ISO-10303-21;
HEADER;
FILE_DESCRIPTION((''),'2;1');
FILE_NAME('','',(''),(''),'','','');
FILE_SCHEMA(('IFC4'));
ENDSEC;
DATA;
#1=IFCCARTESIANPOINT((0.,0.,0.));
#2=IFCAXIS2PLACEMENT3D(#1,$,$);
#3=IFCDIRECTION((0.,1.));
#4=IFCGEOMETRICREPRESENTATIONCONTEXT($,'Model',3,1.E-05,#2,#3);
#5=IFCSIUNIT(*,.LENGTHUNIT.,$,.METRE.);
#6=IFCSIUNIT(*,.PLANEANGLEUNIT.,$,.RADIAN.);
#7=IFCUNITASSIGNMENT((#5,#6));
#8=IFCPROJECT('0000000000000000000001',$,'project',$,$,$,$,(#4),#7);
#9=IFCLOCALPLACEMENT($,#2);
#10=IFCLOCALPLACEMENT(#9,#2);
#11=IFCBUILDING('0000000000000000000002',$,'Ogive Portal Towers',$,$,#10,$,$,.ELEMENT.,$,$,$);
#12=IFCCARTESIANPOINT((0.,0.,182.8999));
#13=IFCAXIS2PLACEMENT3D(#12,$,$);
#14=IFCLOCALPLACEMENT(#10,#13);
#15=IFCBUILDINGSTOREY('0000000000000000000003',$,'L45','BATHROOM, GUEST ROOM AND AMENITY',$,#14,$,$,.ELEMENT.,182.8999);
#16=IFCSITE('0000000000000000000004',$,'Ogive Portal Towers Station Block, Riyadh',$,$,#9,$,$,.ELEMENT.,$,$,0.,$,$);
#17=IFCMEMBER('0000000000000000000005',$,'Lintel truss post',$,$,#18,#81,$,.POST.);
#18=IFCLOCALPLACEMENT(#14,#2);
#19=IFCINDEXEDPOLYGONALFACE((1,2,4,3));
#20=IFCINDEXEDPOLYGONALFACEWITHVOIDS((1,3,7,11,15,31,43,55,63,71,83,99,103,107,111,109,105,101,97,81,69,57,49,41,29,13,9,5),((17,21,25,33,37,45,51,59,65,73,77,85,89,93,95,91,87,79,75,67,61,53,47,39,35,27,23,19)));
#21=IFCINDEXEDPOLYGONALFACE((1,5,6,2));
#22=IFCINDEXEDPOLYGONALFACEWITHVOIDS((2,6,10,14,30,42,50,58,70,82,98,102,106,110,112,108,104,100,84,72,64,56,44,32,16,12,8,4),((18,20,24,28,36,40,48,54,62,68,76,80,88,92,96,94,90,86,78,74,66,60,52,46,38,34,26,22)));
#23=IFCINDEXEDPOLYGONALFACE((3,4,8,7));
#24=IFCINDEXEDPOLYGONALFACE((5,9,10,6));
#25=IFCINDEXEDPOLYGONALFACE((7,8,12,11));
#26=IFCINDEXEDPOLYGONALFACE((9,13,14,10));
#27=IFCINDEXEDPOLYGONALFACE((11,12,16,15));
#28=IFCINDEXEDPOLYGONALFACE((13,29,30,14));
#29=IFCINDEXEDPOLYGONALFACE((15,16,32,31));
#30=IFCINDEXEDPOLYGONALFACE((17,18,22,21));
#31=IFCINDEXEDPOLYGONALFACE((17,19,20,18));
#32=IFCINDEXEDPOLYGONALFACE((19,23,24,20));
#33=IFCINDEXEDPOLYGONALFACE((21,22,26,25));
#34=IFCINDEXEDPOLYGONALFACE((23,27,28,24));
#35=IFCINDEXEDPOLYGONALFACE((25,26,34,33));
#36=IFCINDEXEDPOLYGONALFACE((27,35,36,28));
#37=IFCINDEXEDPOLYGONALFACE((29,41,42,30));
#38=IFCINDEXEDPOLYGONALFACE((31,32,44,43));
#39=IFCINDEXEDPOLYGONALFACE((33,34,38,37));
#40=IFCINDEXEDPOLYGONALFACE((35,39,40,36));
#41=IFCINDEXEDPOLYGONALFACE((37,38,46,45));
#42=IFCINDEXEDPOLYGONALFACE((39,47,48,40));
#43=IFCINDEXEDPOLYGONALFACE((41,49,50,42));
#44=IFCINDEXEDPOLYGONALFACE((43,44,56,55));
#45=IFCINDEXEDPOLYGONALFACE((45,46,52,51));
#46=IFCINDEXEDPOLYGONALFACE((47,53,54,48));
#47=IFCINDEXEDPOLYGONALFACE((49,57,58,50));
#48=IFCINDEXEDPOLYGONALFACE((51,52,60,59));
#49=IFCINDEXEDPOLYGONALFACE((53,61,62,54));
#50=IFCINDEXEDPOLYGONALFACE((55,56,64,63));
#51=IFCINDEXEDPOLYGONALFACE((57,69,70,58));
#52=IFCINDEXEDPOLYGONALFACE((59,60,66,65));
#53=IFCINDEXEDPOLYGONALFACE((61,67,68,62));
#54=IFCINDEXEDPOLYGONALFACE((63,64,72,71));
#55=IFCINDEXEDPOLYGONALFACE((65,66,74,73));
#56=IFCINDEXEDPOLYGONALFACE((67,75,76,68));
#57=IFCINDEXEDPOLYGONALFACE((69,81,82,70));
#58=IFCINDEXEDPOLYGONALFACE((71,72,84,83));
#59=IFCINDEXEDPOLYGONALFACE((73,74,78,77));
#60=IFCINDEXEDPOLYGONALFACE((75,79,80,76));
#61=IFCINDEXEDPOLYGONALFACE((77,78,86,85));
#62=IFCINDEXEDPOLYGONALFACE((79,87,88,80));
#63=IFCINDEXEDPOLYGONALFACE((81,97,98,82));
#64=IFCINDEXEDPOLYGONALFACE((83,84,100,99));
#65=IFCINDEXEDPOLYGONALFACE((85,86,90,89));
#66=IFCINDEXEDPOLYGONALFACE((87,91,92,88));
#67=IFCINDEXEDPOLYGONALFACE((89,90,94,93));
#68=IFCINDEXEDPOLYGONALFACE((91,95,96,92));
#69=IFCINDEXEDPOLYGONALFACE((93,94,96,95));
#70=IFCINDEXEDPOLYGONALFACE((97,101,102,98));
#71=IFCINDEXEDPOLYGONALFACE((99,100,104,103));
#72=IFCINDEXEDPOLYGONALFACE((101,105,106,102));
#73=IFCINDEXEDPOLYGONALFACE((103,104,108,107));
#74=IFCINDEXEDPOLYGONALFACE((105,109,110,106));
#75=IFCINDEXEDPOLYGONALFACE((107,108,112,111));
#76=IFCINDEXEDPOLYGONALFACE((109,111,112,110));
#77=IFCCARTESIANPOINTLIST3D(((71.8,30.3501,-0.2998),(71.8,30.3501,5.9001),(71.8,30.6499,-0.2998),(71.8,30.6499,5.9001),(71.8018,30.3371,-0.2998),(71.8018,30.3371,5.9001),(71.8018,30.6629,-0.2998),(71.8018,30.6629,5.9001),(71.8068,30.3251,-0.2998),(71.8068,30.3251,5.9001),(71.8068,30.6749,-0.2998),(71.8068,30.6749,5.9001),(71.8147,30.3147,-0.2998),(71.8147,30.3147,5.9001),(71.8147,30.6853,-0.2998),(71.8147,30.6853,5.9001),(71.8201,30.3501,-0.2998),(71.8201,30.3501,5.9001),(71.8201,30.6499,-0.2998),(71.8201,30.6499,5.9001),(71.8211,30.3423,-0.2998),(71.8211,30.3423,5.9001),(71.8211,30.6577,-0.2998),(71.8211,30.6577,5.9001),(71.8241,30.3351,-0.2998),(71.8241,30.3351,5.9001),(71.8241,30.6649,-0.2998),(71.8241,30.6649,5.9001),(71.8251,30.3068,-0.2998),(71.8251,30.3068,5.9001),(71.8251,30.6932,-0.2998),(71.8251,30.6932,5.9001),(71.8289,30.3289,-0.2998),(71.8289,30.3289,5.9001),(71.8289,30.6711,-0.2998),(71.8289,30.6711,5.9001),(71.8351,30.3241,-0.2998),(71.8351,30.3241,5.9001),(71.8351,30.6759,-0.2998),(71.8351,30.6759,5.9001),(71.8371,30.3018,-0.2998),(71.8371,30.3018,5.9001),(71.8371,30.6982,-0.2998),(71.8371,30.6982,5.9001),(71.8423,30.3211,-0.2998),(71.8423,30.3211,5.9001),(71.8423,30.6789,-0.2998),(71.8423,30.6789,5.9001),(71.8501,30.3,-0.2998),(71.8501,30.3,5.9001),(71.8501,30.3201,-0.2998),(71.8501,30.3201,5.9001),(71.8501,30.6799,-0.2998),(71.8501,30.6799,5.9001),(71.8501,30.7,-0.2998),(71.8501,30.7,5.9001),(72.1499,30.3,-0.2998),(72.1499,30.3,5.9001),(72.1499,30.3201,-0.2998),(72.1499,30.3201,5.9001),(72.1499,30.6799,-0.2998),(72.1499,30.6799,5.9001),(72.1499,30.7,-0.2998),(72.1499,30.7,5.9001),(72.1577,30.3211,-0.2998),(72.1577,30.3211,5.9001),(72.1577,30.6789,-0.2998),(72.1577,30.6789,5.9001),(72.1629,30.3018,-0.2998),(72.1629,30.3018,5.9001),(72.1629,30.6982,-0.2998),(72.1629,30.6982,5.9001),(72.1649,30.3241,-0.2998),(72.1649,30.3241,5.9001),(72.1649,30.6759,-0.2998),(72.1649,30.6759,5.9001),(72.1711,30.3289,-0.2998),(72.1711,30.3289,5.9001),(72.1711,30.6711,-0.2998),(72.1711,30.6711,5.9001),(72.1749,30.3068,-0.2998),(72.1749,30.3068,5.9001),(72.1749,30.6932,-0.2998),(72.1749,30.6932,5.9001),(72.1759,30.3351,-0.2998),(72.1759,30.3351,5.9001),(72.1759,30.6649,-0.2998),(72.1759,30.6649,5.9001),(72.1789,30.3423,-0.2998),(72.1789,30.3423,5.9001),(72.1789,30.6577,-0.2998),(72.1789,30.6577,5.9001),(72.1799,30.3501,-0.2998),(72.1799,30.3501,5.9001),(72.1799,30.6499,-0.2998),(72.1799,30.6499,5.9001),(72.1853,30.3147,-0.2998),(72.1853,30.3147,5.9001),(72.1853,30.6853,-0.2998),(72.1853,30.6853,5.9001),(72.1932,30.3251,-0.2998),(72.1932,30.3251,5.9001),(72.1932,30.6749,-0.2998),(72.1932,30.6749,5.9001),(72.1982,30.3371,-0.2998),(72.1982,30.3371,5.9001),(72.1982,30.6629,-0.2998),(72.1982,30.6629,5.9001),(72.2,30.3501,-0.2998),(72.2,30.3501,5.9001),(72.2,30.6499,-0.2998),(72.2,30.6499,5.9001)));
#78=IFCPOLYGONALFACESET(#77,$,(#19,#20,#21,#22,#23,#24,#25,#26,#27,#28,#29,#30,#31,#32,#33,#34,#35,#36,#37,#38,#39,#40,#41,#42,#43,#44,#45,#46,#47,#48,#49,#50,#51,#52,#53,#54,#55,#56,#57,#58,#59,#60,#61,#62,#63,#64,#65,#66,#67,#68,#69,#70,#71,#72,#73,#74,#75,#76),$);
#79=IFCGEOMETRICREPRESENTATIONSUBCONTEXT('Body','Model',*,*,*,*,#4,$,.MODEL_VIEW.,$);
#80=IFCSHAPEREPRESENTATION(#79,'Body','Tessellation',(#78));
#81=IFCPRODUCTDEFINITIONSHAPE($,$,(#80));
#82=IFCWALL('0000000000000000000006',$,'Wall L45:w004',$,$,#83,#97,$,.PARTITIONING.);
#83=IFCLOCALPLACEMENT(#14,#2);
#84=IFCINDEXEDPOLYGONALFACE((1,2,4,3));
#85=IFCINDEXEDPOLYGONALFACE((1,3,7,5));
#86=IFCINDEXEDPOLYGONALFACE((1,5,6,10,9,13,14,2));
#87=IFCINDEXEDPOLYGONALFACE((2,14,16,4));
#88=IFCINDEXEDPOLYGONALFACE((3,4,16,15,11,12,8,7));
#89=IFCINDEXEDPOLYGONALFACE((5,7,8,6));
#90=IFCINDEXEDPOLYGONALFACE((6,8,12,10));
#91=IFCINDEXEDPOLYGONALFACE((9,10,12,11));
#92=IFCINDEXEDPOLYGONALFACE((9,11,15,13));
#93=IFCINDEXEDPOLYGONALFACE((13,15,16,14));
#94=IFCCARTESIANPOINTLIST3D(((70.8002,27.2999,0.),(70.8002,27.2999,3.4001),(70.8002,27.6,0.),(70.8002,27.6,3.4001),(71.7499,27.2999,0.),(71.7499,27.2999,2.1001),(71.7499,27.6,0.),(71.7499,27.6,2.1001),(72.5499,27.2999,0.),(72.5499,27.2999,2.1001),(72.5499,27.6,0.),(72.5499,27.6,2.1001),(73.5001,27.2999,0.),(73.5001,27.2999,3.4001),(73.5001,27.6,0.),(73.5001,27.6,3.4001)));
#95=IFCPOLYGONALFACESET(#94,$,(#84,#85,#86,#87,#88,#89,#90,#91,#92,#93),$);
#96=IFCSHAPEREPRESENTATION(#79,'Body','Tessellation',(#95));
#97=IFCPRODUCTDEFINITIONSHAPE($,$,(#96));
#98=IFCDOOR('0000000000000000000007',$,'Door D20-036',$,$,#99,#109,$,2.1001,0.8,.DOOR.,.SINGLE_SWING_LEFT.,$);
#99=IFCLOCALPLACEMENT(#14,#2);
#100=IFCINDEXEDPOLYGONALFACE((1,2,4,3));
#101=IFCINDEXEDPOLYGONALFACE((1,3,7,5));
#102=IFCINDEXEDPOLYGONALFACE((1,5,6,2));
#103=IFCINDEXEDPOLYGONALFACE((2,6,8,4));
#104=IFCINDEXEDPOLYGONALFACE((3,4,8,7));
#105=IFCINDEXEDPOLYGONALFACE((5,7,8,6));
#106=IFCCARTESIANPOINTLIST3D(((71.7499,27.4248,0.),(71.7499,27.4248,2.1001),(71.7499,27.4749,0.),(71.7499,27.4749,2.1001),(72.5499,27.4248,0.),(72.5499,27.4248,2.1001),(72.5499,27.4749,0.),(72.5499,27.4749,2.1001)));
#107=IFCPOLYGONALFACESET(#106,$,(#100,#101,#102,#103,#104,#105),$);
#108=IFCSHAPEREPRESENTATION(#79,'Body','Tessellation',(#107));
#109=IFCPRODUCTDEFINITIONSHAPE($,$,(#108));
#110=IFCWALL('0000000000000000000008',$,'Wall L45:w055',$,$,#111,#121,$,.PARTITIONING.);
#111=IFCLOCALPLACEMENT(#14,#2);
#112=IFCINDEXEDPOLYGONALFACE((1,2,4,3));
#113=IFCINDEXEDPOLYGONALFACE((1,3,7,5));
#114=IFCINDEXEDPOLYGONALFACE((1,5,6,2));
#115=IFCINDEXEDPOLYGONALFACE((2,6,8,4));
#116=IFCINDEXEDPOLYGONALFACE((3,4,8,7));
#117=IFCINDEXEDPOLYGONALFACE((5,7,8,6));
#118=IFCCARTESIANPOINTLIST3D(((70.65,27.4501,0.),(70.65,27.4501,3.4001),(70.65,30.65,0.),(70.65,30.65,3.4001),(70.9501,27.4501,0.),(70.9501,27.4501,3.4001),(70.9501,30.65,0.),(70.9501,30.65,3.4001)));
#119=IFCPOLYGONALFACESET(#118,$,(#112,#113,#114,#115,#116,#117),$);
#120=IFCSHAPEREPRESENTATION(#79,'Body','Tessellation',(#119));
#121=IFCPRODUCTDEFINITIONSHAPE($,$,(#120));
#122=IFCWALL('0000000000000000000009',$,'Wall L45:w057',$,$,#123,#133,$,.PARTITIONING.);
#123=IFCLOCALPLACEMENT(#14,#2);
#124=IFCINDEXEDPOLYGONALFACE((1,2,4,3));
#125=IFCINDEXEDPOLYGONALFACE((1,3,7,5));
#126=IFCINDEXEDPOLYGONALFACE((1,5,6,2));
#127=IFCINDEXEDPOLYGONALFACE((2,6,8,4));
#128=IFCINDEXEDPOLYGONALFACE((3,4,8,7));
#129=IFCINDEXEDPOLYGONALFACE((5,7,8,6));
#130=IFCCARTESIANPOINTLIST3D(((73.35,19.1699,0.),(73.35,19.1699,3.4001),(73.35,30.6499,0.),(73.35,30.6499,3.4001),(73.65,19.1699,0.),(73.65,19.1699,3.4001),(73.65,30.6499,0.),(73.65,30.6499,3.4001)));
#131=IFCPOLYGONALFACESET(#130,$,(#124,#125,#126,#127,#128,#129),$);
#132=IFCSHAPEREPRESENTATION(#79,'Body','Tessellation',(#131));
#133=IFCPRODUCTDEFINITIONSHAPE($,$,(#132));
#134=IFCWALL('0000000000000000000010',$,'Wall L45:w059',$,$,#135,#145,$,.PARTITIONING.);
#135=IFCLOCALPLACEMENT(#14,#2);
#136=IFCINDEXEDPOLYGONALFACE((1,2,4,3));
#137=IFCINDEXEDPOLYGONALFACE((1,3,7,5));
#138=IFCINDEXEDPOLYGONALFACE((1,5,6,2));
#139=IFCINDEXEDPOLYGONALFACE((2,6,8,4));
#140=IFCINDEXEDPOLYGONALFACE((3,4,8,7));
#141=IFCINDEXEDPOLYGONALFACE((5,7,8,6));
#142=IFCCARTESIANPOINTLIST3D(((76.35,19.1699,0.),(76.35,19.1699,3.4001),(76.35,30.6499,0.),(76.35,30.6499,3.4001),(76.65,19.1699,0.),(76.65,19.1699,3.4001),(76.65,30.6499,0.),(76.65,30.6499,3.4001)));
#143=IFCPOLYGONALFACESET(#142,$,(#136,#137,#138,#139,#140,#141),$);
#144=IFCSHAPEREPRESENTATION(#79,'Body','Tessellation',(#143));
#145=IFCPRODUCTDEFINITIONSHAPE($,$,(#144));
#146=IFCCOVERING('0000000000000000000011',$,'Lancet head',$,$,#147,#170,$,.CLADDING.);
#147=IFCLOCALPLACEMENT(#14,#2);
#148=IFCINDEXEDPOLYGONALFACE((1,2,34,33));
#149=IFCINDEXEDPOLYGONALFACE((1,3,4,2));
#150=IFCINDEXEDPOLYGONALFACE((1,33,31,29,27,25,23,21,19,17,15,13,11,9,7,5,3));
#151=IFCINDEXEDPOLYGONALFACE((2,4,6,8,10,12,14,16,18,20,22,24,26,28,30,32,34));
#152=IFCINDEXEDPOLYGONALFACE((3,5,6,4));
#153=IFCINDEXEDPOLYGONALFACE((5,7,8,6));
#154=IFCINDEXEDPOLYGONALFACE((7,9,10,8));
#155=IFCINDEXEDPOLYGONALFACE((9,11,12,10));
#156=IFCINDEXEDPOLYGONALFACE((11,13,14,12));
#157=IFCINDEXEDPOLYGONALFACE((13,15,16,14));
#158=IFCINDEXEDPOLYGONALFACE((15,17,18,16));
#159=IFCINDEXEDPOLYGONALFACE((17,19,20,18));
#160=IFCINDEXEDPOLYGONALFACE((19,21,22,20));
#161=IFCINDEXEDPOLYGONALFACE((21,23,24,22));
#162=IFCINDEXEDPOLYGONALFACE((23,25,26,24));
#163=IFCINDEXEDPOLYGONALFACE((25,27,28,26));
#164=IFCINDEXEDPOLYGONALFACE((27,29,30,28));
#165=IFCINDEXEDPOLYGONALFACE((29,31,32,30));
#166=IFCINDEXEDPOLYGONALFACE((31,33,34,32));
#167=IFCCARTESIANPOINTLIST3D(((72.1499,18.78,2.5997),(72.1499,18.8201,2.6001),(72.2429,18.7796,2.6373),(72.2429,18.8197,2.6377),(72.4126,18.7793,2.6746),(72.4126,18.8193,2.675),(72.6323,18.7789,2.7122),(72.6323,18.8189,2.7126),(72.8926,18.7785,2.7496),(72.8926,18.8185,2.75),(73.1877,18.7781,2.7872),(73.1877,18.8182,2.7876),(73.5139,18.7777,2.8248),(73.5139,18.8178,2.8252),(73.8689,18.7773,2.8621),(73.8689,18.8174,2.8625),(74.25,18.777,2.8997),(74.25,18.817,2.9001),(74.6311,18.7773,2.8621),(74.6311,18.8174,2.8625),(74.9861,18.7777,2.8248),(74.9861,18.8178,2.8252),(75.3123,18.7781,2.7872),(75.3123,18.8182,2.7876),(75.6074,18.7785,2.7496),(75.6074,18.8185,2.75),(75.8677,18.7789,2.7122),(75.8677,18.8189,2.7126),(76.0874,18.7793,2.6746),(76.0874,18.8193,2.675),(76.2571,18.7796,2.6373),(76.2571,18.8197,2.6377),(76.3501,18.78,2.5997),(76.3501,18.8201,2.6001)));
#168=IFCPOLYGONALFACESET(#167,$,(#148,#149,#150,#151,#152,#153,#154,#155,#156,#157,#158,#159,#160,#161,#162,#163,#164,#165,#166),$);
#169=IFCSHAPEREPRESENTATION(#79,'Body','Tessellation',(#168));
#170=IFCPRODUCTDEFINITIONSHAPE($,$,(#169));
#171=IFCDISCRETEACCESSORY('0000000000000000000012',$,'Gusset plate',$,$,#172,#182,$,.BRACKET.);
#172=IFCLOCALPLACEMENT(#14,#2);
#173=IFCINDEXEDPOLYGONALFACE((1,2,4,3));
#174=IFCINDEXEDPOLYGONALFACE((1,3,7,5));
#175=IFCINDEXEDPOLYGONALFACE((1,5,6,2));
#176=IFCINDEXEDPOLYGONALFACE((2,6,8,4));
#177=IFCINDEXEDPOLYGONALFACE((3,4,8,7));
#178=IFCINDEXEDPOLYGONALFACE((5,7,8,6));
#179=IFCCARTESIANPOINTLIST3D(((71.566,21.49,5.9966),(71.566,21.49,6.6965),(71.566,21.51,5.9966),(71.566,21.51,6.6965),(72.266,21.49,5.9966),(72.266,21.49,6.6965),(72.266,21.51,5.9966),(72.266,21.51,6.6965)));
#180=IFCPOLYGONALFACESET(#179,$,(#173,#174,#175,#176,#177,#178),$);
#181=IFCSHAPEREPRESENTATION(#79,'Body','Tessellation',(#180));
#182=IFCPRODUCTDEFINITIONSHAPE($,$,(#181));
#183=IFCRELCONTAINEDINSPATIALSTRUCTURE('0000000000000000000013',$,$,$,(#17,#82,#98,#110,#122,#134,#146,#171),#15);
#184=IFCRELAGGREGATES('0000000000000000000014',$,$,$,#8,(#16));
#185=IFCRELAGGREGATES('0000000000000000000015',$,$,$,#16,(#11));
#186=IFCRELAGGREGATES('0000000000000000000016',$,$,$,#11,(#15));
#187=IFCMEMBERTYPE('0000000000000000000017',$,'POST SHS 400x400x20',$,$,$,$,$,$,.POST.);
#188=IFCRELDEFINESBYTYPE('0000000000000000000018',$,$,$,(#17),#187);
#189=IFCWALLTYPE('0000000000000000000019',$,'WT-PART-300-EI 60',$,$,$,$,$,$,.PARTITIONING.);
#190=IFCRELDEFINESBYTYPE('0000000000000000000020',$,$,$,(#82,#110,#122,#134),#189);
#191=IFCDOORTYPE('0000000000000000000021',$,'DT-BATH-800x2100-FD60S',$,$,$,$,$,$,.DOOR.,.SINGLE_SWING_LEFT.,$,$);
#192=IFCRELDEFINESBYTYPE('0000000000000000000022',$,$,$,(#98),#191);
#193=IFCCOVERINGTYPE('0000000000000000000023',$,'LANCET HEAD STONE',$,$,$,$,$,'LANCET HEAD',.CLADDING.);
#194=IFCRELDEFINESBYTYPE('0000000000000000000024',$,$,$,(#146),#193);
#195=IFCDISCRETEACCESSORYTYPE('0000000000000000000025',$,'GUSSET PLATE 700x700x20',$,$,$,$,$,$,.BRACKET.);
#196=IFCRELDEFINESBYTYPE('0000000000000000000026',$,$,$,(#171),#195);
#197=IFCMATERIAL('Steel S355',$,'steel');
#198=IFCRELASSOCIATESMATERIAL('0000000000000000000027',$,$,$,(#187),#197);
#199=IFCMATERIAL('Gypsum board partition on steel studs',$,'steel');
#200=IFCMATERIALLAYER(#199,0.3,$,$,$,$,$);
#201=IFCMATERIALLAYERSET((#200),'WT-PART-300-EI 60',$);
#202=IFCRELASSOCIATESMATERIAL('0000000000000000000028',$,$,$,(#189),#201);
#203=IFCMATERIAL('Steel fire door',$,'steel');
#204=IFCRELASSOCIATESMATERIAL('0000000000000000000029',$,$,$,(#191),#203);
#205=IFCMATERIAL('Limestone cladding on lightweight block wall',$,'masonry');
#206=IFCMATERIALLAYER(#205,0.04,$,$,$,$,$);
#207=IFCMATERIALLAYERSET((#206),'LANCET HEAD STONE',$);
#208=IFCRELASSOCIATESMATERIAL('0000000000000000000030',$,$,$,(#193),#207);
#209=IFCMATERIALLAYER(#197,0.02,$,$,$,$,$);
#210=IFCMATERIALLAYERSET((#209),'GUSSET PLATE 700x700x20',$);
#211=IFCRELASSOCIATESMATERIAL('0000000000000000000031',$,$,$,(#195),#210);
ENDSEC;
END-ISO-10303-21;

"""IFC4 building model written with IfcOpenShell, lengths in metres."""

from ifc_helpers import new_model, si_unit, direction, frame, frame_2d, origin, origin_2d, place, context, subcontext, project, spatial, polyline, rectangle, hollow_rectangle, outline, extrude, material, layer, layer_set, material_profile, profile_set, type_object, element, fill, save


model = new_model("IFC4")

# Units and contexts
model_context = context("Model", 3, precision=1e-05, world=origin(), true_north=direction((0.0, 1.0)))
body_context = subcontext(model_context, "Body", "Model", "MODEL_VIEW")
ifc_project = project(units=[si_unit("LENGTHUNIT", "METRE"), si_unit("PLANEANGLEUNIT", "RADIAN")], contexts=[model_context])

# Site, building, storey
site_placement = place(None, origin())
site = spatial("IfcSite", under=ifc_project, at=site_placement, Name="Ogive Portal Towers Station Block, Riyadh", CompositionType="ELEMENT", RefElevation=0.0)
building_placement = place(site_placement, origin())
building = spatial("IfcBuilding", under=site, at=building_placement, Name="Ogive Portal Towers", CompositionType="ELEMENT")
storey_placement = place(building_placement, frame((0.0, 0.0, 182.8999)))
storey = spatial("IfcBuildingStorey", under=building, at=storey_placement, Name="L45", Description="BATHROOM, GUEST ROOM AND AMENITY", CompositionType="ELEMENT", Elevation=182.8999)

# Member
ifc_material_1 = material(Name="Steel S355", Category="steel")
ifc_material_profile_1 = material_profile(ifc_material_1, hollow_rectangle(XDim=0.3999, YDim=0.3999, WallThickness=0.02, InnerFilletRadius=0.03, OuterFilletRadius=0.05, at=origin_2d()), Name="SHS 400x400x20")
ifc_profile_set_1 = profile_set([ifc_material_profile_1], Name="Steel S355")
member_type_1 = type_object("IfcMemberType", Name="POST SHS 400x400x20", PredefinedType="POST", material=ifc_profile_set_1)
for number, where, z_axis, x_axis, name in (
    (1, (72.0, 30.5, -0.2998), (0.0, 0.0, 1.0), (1.0, 0.0, 0.0), "Lintel truss post"),
):
    element("IfcMember", number, at=place(storey_placement, frame(where, z_axis=z_axis, x_axis=x_axis)), inside=storey, type_object=member_type_1, Name=name, PredefinedType="POST", context=body_context, shape_type="SweptSolid", body=[
        extrude(hollow_rectangle(XDim=0.3999, YDim=0.3999, WallThickness=0.02, InnerFilletRadius=0.03, OuterFilletRadius=0.05, at=origin_2d()), origin(), (0.0, 0.0, 1.0), 6.2),
    ])

# Wall, opening, door
ifc_material_2 = material(Name="Gypsum board partition on steel studs", Category="steel")
ifc_layer_1 = layer(ifc_material_2, 0.3)
ifc_layer_set_1 = layer_set([ifc_layer_1], Name="WT-PART-300-EI 60")
wall_type = type_object("IfcWallType", Name="WT-PART-300-EI 60", PredefinedType="PARTITIONING", material=ifc_layer_set_1)
wall_1_placement = place(storey_placement, frame((70.8, 27.45, 0.0), z_axis=(0.0, 0.0, 1.0), x_axis=(1.0, 0.0, 0.0)))
wall_1 = element("IfcWall", 2, at=wall_1_placement, inside=storey, type_object=wall_type, Name="Wall L45:w004", PredefinedType="PARTITIONING", context=body_context, shape_type="SweptSolid", body=[
    extrude(rectangle(XDim=2.7, YDim=0.3, at=frame_2d((1.3501, 0.0))), origin(), (0.0, 0.0, 1.0), 3.4001),
])
opening_placement = place(wall_1_placement, frame((0.95, 0.0, 0.0)))
opening = element("IfcOpeningElement", 3, at=opening_placement, cuts=wall_1, PredefinedType="OPENING", context=body_context, shape_type="SweptSolid", body=[
    extrude(rectangle(XDim=0.8, YDim=2.1001, at=frame_2d((0.3999, 1.05))), frame((0.0, 0.1602, 0.0), z_axis=(0.0, -1.0, 0.0), x_axis=(1.0, 0.0, 0.0)), (0.0, 0.0, 1.0), 0.3201),
])
ifc_material_3 = material(Name="Steel fire door", Category="steel")
door_type = type_object("IfcDoorType", Name="DT-BATH-800x2100-FD60S", OperationType="SINGLE_SWING_LEFT", PredefinedType="DOOR", material=ifc_material_3)
door_placement = place(opening_placement, origin())
door = element("IfcDoor", 4, at=door_placement, inside=storey, type_object=door_type, Name="Door D20-036", OperationType="SINGLE_SWING_LEFT", OverallHeight=2.1001, OverallWidth=0.8, PredefinedType="DOOR", context=body_context, shape_type="SweptSolid", body=[
    extrude(rectangle(XDim=0.8, YDim=2.1001, at=frame_2d((0.3999, 1.05))), frame((0.0, 0.0249, 0.0), z_axis=(0.0, -1.0, 0.0), x_axis=(1.0, 0.0, 0.0)), (0.0, 0.0, 1.0), 0.05),
])
fill(opening, door)

# Walls
wall_2_placement = place(storey_placement, frame((70.8, 27.45, 0.0), z_axis=(0.0, 0.0, 1.0), x_axis=(0.0, 1.0, 0.0)))
element("IfcWall", 5, at=wall_2_placement, inside=storey, type_object=wall_type, Name="Wall L45:w055", PredefinedType="PARTITIONING", context=body_context, shape_type="SweptSolid", body=[
    extrude(rectangle(XDim=3.2, YDim=0.3, at=frame_2d((1.6001, 0.0))), origin(), (0.0, 0.0, 1.0), 3.4001),
])
for number, where, z_axis, x_axis, name in (
    (6, (73.5, 19.1699, 0.0), (0.0, 0.0, 1.0), (0.0, 1.0, 0.0), "Wall L45:w057"),
    (7, (76.5, 19.1699, 0.0), (0.0, 0.0, 1.0), (0.0, 1.0, 0.0), "Wall L45:w059"),
):
    element("IfcWall", number, at=place(storey_placement, frame(where, z_axis=z_axis, x_axis=x_axis)), inside=storey, type_object=wall_type, Name=name, PredefinedType="PARTITIONING", context=body_context, shape_type="SweptSolid", body=[
        extrude(rectangle(XDim=11.48, YDim=0.3, at=frame_2d((5.74, 0.0))), origin(), (0.0, 0.0, 1.0), 3.4001),
    ])

# Covering
ifc_material_4 = material(Name="Limestone cladding on lightweight block wall", Category="masonry")
ifc_layer_2 = layer(ifc_material_4, 0.04)
ifc_layer_set_2 = layer_set([ifc_layer_2], Name="LANCET HEAD STONE")
covering_type = type_object("IfcCoveringType", Name="LANCET HEAD STONE", ElementType="LANCET HEAD", PredefinedType="CLADDING", material=ifc_layer_set_2)
covering_placement = place(storey_placement, frame((72.1499, 18.8201, 2.6001), z_axis=(0.0, 0.999948, 0.010228), x_axis=(1.0, 0.0, 0.0)))
element("IfcCovering", 8, at=covering_placement, inside=storey, type_object=covering_type, Name="Lancet head", PredefinedType="CLADDING", context=body_context, shape_type="SweptSolid", body=[
    extrude(outline(polyline([(0.0, 0.0), (4.2002, 0.0), (4.1072, -0.0376), (3.9375, -0.075), (3.7178, -0.1126), (3.4575, -0.1499), (3.1624, -0.1875), (2.8362, -0.2251), (2.4812, -0.2625), (2.1001, -0.3001), (1.719, -0.2625), (1.364, -0.2251), (1.0378, -0.1875), (0.7427, -0.1499), (0.4824, -0.1126), (0.2627, -0.075), (0.093, -0.0376), (0.0, 0.0)])), origin(), (0.0, 0.0, -1.0), 0.04),
])

# Discrete accessory
ifc_layer_3 = layer(ifc_material_1, 0.02)
ifc_layer_set_3 = layer_set([ifc_layer_3], Name="GUSSET PLATE 700x700x20")
discrete_accessory_type = type_object("IfcDiscreteAccessoryType", Name="GUSSET PLATE 700x700x20", PredefinedType="BRACKET", material=ifc_layer_set_3)
for number, where, z_axis, x_axis, name in (
    (9, (71.916, 21.5, 5.9966), (0.0, 0.0, 1.0), (1.0, 0.0, 0.0), "Gusset plate"),
):
    element("IfcDiscreteAccessory", number, at=place(storey_placement, frame(where, z_axis=z_axis, x_axis=x_axis)), inside=storey, type_object=discrete_accessory_type, Name=name, PredefinedType="BRACKET", context=body_context, shape_type="SweptSolid", body=[
        extrude(rectangle(XDim=0.7, YDim=0.02, at=origin_2d()), origin(), (0.0, 0.0, 1.0), 0.7),
    ])

save(model, "model.ifc")
